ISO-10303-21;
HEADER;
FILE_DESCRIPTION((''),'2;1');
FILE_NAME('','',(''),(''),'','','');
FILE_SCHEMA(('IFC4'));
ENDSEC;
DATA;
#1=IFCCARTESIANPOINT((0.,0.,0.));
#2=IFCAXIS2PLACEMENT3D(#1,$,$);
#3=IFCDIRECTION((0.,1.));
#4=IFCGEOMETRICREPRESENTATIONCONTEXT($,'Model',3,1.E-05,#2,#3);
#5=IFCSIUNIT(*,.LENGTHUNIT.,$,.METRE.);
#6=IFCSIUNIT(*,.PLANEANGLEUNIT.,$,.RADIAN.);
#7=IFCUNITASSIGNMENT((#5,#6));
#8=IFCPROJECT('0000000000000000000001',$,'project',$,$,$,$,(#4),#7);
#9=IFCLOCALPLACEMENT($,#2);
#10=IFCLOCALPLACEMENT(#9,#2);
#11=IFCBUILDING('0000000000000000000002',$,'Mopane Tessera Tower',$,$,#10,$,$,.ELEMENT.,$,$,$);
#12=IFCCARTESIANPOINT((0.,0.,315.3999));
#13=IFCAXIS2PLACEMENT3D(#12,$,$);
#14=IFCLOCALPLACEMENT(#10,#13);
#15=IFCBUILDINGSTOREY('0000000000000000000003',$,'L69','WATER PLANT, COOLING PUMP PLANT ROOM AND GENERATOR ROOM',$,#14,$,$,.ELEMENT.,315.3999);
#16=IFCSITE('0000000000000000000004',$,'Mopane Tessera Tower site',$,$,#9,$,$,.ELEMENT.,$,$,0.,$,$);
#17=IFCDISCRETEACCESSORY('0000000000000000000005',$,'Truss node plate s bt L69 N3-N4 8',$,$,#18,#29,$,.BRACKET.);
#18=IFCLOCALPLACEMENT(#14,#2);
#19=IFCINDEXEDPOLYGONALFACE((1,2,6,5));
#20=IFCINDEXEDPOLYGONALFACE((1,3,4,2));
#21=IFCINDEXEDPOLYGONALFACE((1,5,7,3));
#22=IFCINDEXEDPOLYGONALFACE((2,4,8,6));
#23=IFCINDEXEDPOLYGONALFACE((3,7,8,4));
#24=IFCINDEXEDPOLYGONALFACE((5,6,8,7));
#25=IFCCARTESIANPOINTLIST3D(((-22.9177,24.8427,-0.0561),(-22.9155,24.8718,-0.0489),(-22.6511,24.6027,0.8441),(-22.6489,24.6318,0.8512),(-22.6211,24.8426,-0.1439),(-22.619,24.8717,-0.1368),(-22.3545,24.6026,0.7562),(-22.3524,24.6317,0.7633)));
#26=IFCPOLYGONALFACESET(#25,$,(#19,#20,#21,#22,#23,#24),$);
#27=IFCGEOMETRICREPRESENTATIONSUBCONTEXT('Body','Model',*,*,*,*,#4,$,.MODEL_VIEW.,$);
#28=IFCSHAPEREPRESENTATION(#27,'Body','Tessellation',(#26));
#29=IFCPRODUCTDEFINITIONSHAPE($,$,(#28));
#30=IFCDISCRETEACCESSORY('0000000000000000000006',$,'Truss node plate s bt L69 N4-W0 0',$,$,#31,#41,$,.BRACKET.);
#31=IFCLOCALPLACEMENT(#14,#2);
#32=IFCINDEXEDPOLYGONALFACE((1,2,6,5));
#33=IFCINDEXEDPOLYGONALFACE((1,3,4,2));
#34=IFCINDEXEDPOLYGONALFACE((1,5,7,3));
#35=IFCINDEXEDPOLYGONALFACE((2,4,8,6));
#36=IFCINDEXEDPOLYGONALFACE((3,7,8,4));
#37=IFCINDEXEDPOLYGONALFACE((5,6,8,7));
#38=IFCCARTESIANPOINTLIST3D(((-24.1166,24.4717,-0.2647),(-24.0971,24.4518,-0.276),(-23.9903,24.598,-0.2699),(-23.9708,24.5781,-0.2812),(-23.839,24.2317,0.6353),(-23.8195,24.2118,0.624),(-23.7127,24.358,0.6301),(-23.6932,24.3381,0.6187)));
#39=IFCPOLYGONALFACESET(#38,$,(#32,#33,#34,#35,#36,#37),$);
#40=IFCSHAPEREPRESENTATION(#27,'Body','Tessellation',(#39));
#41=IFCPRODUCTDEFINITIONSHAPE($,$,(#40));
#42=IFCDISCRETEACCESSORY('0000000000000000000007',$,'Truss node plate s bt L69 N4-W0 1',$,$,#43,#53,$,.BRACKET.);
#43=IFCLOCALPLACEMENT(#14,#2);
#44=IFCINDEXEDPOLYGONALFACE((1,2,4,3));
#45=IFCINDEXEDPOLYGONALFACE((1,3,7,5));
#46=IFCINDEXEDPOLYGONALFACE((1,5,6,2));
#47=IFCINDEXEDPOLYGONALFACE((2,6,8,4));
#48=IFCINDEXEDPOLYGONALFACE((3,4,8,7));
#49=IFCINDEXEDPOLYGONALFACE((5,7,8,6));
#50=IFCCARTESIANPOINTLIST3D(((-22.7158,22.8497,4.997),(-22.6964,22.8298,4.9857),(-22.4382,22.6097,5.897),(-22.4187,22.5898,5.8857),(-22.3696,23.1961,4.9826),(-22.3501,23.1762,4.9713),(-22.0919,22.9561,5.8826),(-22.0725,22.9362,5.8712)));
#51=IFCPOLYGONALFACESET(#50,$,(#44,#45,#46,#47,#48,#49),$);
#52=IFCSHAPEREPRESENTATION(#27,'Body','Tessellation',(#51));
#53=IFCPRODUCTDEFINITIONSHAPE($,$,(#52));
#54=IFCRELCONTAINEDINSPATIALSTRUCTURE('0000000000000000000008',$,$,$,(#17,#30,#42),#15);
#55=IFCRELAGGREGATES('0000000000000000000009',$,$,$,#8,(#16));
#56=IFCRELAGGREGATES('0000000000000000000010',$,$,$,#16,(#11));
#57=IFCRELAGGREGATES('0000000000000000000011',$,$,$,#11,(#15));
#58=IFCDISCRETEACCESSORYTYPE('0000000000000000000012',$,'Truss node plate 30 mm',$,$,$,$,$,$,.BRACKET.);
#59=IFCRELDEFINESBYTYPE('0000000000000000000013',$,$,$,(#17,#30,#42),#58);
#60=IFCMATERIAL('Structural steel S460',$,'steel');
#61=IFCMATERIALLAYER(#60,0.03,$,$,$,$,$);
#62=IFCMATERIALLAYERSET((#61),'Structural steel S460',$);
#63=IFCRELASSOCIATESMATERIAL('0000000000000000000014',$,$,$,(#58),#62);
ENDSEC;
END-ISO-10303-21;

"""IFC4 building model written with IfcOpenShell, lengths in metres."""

from ifc_helpers import new_model, si_unit, direction, frame, origin, origin_2d, place, context, subcontext, project, spatial, rectangle, extrude, material, layer, layer_set, type_object, element, save


model = new_model("IFC4")

# Units and contexts
model_context = context("Model", 3, precision=1e-05, world=origin(), true_north=direction((0.0, 1.0)))
body_context = subcontext(model_context, "Body", "Model", "MODEL_VIEW")
ifc_project = project(units=[si_unit("LENGTHUNIT", "METRE"), si_unit("PLANEANGLEUNIT", "RADIAN")], contexts=[model_context])

# Site, building, storey
site_placement = place(None, origin())
site = spatial("IfcSite", under=ifc_project, at=site_placement, Name="Mopane Tessera Tower site", CompositionType="ELEMENT", RefElevation=0.0)
building_placement = place(site_placement, origin())
building = spatial("IfcBuilding", under=site, at=building_placement, Name="Mopane Tessera Tower", CompositionType="ELEMENT")
storey_placement = place(building_placement, frame((0.0, 0.0, 315.3999)))
storey = spatial("IfcBuildingStorey", under=building, at=storey_placement, Name="L69", Description="WATER PLANT, COOLING PUMP PLANT ROOM AND GENERATOR ROOM", CompositionType="ELEMENT", Elevation=315.3999)

# Discrete accessories
ifc_material_1 = material(Name="Structural steel S460", Category="steel")
ifc_layer_1 = layer(ifc_material_1, 0.03)
ifc_layer_set_1 = layer_set([ifc_layer_1], Name="Structural steel S460")
discrete_accessory_type_1 = type_object("IfcDiscreteAccessoryType", Name="Truss node plate 30 mm", PredefinedType="BRACKET", material=ifc_layer_set_1)
discrete_accessory_1_placement = place(storey_placement, frame((-22.7683, 24.8572, -0.0964), z_axis=(0.275134, -0.247671, 0.928956), x_axis=(-0.07068, -0.968844, -0.237372)))
element("IfcDiscreteAccessory", 1, at=discrete_accessory_1_placement, inside=storey, type_object=discrete_accessory_type_1, Name="Truss node plate s bt L69 N3-N4 8", PredefinedType="BRACKET", context=body_context, shape_type="SweptSolid", body=[
    extrude(rectangle(XDim=0.03, YDim=0.3093, at=origin_2d()), origin(), (0.0, 0.0, 1.0), 0.969),
])
discrete_accessory_2_placement = place(storey_placement, frame((-24.0437, 24.5249, -0.2729), z_axis=(0.285631, -0.246944, 0.925977), x_axis=(0.647377, -0.662724, -0.376431)))
element("IfcDiscreteAccessory", 2, at=discrete_accessory_2_placement, inside=storey, type_object=discrete_accessory_type_1, Name="Truss node plate s bt L69 N4-W0 0", PredefinedType="BRACKET", context=body_context, shape_type="SweptSolid", body=[
    extrude(rectangle(XDim=0.03, YDim=0.1787, at=origin_2d()), origin(), (0.0, 0.0, 1.0), 0.9719),
])
discrete_accessory_3_placement = place(storey_placement, frame((-22.533, 23.0129, 4.9841), z_axis=(0.285631, -0.246944, 0.925977), x_axis=(0.647377, -0.662724, -0.376431)))
element("IfcDiscreteAccessory", 3, at=discrete_accessory_3_placement, inside=storey, type_object=discrete_accessory_type_1, Name="Truss node plate s bt L69 N4-W0 1", PredefinedType="BRACKET", context=body_context, shape_type="SweptSolid", body=[
    extrude(rectangle(XDim=0.03, YDim=0.49, at=origin_2d()), origin(), (0.0, 0.0, 1.0), 0.9719),
])

save(model, "model.ifc")
